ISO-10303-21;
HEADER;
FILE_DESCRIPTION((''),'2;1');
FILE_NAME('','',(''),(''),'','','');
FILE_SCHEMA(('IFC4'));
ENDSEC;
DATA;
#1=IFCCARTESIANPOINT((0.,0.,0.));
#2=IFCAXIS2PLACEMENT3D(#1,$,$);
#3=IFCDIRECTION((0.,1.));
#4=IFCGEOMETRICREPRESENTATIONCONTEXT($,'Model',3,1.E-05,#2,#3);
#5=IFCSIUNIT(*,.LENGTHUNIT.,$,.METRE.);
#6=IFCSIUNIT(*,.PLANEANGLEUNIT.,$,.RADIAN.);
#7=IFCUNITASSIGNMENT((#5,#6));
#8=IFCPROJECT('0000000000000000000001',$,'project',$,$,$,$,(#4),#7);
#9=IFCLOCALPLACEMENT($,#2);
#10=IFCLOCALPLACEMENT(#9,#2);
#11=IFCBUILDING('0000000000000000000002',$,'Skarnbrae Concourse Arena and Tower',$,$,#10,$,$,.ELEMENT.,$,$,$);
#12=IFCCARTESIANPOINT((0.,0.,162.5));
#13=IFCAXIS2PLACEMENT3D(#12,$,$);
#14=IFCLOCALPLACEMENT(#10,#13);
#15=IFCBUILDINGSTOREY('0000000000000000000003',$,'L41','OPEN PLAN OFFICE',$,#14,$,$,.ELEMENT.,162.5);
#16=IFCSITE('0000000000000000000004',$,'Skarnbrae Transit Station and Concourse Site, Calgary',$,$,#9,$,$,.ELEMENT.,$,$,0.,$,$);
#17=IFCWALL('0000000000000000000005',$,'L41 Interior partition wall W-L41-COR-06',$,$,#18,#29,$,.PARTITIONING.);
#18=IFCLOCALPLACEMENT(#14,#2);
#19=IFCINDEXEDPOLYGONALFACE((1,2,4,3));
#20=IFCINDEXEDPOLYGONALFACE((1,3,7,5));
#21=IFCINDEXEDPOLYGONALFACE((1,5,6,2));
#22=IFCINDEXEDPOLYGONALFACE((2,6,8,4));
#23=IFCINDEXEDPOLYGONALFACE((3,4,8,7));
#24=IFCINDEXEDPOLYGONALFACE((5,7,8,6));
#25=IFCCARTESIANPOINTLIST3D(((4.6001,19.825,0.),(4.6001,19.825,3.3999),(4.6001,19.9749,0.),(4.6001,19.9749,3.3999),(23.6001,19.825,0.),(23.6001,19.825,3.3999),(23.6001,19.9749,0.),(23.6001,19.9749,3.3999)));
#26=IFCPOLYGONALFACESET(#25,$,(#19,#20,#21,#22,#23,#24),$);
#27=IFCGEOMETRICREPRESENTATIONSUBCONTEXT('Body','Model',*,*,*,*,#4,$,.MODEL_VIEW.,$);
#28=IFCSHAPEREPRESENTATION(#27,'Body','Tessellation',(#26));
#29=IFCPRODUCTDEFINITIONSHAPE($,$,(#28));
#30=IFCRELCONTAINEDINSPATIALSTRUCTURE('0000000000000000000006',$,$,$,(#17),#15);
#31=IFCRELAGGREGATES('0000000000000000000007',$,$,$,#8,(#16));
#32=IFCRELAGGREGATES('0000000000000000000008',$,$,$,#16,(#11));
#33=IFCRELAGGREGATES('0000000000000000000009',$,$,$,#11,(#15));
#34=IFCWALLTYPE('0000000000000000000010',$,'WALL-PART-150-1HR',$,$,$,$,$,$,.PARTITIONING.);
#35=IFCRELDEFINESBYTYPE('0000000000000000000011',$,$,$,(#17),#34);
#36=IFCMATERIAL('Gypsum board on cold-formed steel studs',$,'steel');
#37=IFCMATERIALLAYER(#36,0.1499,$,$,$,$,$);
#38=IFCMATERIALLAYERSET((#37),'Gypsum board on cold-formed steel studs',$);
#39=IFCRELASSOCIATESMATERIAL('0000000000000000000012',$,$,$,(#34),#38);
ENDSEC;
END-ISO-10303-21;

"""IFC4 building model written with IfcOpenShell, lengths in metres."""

from ifc_helpers import new_model, si_unit, direction, frame, frame_2d, origin, place, context, subcontext, project, spatial, rectangle, extrude, source, transform, mapped, material, layer, layer_set, type_object, element, save


model = new_model("IFC4")

# Units and contexts
model_context = context("Model", 3, precision=1e-05, world=origin(), true_north=direction((0.0, 1.0)))
body_context = subcontext(model_context, "Body", "Model", "MODEL_VIEW")
ifc_project = project(units=[si_unit("LENGTHUNIT", "METRE"), si_unit("PLANEANGLEUNIT", "RADIAN")], contexts=[model_context])

# Site, building, storey
site_placement = place(None, origin())
site = spatial("IfcSite", under=ifc_project, at=site_placement, Name="Skarnbrae Transit Station and Concourse Site, Calgary", CompositionType="ELEMENT", RefElevation=0.0)
building_placement = place(site_placement, origin())
building = spatial("IfcBuilding", under=site, at=building_placement, Name="Skarnbrae Concourse Arena and Tower", CompositionType="ELEMENT")
storey_placement = place(building_placement, frame((0.0, 0.0, 162.5)))
storey = spatial("IfcBuildingStorey", under=building, at=storey_placement, Name="L41", Description="OPEN PLAN OFFICE", CompositionType="ELEMENT", Elevation=162.5)

# Shared definitions
ifc_material_1 = material(Name="Gypsum board on cold-formed steel studs", Category="steel")
ifc_layer_1 = layer(ifc_material_1, 0.1499)
ifc_layer_set_1 = layer_set([ifc_layer_1], Name="Gypsum board on cold-formed steel studs")
wall_type_1 = type_object("IfcWallType", Name="WALL-PART-150-1HR", PredefinedType="PARTITIONING", material=ifc_layer_set_1)

# Shared definitions
shared_shape_1 = source(origin(), body_context, "Body", "SweptSolid", [
    extrude(rectangle(XDim=19.0, YDim=0.1499, at=frame_2d((9.5, 0.0))), origin(), (0.0, 0.0, 1.0), 3.3999),
])

# Wall
wall_1_placement = place(storey_placement, frame((4.6001, 19.8999, 0.0), z_axis=(0.0, 0.0, 1.0), x_axis=(1.0, 0.0, 0.0)))
element("IfcWall", 1, at=wall_1_placement, inside=storey, type_object=wall_type_1, Name="L41 Interior partition wall W-L41-COR-06", PredefinedType="PARTITIONING", context=body_context, shape_type="MappedRepresentation", body=[
    mapped(shared_shape_1, transform((0.0, 0.0, 0.0))),
])

save(model, "model.ifc")
